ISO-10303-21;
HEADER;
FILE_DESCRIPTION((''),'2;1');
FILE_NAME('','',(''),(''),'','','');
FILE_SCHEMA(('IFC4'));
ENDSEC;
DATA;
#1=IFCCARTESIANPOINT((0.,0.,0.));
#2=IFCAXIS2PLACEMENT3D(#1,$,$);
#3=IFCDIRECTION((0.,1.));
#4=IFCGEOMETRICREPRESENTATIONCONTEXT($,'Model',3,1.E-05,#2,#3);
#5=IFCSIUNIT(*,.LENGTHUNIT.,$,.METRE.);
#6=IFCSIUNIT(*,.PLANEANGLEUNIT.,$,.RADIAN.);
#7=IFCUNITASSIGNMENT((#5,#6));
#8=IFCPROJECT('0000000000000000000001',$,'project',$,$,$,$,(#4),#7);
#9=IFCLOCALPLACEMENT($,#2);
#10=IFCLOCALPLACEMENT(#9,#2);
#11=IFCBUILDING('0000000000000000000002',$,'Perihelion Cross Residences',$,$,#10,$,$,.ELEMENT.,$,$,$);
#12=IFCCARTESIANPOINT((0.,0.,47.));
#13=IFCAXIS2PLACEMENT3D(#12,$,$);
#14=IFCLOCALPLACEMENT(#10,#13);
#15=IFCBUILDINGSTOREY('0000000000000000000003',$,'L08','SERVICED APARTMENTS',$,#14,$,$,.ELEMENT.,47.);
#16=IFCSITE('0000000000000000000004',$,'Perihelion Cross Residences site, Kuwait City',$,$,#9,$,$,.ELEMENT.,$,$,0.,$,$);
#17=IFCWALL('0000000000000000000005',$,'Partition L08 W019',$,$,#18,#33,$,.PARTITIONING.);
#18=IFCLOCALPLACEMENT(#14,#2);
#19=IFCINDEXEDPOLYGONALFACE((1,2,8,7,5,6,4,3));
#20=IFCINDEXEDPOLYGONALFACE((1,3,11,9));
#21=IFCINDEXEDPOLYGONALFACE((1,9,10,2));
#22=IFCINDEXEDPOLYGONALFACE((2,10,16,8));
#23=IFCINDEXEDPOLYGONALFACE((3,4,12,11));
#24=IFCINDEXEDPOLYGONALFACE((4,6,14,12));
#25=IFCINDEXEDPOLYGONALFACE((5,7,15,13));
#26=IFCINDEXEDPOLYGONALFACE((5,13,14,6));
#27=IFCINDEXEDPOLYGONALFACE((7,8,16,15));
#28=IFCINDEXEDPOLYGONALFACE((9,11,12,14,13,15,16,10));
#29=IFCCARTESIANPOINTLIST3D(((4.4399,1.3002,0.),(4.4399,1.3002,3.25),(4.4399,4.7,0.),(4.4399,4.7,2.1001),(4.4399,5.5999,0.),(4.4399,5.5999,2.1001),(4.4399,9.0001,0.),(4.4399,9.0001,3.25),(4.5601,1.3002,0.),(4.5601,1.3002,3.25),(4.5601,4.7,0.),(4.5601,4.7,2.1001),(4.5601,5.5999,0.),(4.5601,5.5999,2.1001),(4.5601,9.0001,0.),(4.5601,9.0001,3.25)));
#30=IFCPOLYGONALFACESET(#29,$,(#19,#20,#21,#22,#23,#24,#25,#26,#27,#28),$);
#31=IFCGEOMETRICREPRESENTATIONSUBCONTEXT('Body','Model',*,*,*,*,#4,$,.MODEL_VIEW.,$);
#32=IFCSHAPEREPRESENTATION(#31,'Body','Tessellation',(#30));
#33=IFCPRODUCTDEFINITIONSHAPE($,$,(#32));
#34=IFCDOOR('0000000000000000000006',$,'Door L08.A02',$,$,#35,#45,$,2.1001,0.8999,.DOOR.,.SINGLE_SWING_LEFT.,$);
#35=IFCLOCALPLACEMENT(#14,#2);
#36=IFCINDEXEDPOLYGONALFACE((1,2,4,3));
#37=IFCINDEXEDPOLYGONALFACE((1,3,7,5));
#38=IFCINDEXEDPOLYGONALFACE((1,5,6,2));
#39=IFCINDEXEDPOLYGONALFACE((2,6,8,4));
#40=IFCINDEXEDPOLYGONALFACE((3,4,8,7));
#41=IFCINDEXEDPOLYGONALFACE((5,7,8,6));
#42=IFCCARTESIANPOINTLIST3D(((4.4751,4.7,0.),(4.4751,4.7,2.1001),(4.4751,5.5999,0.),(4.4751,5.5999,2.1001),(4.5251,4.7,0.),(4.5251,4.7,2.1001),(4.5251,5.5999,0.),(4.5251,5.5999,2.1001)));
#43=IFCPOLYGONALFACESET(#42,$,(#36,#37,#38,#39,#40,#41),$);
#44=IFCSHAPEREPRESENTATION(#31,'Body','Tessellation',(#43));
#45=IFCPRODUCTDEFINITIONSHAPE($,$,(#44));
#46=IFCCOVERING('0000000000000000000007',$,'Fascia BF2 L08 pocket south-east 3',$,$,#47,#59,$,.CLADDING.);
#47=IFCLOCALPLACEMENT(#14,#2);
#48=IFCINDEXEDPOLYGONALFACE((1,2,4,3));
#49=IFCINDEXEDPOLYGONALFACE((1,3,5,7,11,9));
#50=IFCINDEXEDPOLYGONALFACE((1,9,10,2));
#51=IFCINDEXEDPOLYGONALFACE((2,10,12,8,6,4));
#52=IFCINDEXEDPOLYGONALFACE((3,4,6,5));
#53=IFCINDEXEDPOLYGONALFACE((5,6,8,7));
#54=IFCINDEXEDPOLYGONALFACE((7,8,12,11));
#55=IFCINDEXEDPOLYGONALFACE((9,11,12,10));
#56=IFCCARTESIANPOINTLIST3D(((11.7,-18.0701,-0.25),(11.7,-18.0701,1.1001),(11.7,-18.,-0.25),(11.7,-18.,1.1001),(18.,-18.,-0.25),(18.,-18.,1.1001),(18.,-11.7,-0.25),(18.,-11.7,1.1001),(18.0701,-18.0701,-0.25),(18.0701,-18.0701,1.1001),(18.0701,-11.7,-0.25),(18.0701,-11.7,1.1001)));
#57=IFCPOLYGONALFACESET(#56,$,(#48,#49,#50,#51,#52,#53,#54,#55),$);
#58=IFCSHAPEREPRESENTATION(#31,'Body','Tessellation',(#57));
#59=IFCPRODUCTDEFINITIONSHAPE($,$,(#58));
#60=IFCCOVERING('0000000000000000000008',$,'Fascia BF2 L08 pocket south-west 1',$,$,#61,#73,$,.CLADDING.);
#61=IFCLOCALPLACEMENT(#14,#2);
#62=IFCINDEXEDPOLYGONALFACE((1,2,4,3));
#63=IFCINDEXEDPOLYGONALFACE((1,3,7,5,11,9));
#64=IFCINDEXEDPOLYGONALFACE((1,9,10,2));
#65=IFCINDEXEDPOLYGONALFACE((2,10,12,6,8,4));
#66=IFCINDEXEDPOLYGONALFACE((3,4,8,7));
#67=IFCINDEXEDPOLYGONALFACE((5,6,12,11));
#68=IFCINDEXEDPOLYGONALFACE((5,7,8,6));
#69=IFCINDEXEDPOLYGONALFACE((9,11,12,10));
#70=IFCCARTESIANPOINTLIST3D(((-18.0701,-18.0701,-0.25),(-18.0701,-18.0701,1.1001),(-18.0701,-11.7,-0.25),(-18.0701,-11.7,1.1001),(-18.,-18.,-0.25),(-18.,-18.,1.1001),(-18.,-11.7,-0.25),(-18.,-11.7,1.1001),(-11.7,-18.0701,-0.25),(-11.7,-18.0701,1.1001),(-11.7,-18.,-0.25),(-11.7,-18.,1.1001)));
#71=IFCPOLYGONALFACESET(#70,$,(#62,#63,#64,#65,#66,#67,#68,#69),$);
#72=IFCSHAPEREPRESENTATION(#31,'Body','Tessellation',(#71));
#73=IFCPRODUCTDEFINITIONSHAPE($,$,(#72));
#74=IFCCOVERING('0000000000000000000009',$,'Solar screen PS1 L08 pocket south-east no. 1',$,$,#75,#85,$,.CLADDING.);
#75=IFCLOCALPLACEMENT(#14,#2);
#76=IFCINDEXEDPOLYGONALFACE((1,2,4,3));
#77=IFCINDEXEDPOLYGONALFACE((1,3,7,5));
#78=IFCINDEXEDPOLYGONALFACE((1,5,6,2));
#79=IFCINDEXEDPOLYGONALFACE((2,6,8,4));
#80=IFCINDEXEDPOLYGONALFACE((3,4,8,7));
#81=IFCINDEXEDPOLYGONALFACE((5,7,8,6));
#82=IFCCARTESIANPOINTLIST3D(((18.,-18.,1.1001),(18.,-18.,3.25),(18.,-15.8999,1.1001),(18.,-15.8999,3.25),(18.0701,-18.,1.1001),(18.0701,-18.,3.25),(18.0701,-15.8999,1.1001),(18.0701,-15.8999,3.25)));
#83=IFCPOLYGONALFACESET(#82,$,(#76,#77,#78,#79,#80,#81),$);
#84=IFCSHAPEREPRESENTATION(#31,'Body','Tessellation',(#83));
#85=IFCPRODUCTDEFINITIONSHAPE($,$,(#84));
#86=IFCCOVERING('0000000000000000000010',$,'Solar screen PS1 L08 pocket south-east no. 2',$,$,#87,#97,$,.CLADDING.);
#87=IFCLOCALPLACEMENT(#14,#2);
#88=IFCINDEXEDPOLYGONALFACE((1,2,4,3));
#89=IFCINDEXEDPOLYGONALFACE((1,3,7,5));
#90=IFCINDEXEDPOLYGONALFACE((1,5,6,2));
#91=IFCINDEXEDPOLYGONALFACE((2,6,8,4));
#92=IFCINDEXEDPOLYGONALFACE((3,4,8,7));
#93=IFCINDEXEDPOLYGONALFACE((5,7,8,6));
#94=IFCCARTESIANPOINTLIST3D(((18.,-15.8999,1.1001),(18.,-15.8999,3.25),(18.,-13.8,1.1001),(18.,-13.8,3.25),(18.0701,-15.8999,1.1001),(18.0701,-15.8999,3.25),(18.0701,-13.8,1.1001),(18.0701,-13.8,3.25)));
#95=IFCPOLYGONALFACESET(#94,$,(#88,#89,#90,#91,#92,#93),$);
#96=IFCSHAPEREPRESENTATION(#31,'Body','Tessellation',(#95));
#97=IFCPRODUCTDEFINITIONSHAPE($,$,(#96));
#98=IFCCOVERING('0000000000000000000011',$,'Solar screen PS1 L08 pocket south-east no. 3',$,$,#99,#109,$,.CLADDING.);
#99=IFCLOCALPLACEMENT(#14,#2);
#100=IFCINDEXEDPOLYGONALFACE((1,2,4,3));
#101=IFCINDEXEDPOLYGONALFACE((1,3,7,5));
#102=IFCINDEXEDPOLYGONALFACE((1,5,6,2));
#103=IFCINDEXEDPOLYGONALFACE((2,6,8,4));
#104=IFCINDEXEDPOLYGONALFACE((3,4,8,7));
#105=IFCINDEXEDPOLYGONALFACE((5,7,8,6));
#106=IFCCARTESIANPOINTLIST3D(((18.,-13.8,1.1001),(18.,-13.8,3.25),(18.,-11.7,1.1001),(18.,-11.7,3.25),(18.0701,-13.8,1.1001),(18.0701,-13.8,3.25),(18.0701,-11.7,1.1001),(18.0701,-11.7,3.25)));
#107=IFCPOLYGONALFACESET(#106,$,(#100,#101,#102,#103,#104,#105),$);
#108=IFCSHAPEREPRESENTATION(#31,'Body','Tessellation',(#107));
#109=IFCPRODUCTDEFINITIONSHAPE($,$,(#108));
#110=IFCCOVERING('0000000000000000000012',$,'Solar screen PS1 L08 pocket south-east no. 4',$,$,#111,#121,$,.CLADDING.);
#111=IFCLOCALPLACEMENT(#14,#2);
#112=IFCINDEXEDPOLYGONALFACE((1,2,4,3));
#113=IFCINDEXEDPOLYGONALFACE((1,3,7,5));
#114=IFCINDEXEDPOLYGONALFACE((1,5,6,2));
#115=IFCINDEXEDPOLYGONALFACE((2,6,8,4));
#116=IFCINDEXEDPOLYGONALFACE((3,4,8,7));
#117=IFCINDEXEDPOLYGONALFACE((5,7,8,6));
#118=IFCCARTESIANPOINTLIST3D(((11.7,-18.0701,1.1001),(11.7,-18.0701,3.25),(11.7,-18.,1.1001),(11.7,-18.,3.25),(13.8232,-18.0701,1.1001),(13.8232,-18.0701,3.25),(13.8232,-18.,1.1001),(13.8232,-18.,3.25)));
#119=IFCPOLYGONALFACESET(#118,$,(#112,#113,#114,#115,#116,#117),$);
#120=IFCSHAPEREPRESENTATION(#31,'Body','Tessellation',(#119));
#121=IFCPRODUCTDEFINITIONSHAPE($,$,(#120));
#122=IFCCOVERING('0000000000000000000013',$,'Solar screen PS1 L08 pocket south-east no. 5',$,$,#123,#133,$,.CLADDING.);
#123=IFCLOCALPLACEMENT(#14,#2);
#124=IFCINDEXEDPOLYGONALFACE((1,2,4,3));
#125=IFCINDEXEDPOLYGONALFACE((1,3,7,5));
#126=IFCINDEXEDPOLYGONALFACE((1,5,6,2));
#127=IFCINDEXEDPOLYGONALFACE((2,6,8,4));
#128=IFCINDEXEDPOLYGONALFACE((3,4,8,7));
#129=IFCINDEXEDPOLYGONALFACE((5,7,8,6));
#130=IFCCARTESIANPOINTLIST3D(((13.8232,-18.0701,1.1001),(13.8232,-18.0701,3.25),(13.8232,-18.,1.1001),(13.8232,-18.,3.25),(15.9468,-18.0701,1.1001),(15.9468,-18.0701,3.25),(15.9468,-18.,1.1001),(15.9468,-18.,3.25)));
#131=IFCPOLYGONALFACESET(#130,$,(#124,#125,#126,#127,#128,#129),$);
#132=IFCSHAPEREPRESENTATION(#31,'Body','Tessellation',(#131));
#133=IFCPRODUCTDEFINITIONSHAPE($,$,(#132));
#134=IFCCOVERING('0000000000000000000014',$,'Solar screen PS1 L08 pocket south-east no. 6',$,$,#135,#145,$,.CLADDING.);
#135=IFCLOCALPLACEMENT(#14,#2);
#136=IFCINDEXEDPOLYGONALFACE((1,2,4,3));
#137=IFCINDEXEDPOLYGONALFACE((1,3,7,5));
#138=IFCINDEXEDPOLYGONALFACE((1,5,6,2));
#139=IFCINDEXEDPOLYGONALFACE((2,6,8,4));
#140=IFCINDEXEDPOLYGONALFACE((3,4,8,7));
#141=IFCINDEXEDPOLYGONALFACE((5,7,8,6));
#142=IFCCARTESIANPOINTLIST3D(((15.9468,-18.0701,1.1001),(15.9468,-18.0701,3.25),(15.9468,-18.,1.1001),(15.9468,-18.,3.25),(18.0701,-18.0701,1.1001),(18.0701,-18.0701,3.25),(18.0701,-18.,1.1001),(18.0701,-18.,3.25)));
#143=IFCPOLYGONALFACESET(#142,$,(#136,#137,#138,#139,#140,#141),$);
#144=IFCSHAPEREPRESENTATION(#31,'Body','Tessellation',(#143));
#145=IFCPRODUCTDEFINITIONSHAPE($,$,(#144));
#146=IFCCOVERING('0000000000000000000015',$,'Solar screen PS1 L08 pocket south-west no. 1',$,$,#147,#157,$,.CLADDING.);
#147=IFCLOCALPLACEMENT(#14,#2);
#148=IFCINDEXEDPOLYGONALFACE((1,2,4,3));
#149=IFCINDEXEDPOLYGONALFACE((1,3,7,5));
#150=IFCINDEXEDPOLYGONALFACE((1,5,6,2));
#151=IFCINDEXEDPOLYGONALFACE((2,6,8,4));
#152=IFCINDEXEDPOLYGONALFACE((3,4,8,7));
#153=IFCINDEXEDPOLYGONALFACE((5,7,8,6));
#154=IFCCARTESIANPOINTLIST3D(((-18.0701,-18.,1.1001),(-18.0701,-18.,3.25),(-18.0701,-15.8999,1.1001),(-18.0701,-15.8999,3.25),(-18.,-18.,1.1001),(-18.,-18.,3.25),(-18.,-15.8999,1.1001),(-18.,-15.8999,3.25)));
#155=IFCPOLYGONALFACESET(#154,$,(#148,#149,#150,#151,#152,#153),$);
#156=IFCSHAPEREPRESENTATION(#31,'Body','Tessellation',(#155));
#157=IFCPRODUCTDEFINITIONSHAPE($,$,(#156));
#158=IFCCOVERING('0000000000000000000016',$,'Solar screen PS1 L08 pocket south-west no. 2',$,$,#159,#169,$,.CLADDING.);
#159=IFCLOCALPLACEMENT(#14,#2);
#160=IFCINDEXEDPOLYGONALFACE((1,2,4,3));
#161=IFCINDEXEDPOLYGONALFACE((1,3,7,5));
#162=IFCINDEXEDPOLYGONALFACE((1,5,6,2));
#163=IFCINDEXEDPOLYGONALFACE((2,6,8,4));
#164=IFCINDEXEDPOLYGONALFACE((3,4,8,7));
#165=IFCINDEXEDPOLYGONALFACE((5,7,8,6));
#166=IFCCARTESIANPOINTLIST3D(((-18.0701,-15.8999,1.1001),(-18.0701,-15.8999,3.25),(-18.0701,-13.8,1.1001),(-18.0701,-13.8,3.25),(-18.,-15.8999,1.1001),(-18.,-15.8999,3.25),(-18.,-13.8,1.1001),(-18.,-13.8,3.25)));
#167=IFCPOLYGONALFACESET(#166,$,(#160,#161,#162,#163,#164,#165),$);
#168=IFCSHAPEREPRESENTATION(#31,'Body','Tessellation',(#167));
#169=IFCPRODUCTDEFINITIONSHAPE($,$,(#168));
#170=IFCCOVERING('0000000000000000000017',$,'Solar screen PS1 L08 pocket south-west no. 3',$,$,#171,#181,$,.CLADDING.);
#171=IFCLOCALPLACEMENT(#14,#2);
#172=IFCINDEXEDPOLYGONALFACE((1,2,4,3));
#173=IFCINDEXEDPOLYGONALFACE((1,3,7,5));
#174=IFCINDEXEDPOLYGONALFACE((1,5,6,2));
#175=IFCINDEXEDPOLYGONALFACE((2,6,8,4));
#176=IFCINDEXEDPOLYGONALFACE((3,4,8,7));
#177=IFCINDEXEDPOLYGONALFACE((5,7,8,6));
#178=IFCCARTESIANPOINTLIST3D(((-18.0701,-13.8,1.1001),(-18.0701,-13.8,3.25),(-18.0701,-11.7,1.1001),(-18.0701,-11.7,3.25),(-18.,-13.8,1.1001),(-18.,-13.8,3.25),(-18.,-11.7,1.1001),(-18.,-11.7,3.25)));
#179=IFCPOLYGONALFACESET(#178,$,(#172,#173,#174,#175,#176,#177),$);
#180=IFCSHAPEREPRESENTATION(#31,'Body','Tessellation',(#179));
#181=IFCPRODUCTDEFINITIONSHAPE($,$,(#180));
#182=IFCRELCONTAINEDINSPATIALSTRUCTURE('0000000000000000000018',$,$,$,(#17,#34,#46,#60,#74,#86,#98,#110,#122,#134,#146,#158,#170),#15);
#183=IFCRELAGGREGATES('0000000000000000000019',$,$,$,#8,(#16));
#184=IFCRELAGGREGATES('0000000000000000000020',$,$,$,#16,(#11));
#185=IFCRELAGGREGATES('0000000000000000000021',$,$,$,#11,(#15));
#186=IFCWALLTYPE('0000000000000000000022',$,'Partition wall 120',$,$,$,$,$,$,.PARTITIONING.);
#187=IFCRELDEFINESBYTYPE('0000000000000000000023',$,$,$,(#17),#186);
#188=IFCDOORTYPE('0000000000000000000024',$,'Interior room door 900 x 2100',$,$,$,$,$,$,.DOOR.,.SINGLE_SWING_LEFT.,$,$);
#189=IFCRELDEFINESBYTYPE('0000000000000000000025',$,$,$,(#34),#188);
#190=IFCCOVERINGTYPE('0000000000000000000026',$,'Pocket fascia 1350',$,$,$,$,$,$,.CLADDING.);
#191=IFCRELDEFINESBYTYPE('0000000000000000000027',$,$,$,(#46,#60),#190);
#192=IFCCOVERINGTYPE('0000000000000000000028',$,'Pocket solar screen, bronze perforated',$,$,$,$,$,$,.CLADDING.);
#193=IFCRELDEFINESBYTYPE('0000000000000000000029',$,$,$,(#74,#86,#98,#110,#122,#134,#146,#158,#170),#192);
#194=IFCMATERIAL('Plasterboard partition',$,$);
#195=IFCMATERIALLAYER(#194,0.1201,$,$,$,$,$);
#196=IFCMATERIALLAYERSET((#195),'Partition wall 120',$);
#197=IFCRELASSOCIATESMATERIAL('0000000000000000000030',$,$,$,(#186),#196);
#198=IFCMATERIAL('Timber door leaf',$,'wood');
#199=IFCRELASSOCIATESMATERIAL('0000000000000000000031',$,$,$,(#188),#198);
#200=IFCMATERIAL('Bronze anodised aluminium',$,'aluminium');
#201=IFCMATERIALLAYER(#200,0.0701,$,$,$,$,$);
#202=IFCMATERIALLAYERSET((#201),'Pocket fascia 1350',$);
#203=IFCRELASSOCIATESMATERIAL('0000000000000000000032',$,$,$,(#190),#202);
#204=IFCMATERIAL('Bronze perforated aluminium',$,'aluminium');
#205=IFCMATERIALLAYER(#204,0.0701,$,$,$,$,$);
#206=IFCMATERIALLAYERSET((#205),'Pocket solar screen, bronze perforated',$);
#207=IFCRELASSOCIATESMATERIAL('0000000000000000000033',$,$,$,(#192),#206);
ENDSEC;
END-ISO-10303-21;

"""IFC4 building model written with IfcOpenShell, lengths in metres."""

from ifc_helpers import new_model, si_unit, direction, frame, frame_2d, origin, place, context, subcontext, project, spatial, polyline, rectangle, outline, extrude, material, layer, layer_set, type_object, element, fill, save


model = new_model("IFC4")

# Units and contexts
model_context = context("Model", 3, precision=1e-05, world=origin(), true_north=direction((0.0, 1.0)))
body_context = subcontext(model_context, "Body", "Model", "MODEL_VIEW")
ifc_project = project(units=[si_unit("LENGTHUNIT", "METRE"), si_unit("PLANEANGLEUNIT", "RADIAN")], contexts=[model_context])

# Site, building, storey
site_placement = place(None, origin())
site = spatial("IfcSite", under=ifc_project, at=site_placement, Name="Perihelion Cross Residences site, Kuwait City", CompositionType="ELEMENT", RefElevation=0.0)
building_placement = place(site_placement, origin())
building = spatial("IfcBuilding", under=site, at=building_placement, Name="Perihelion Cross Residences", CompositionType="ELEMENT")
storey_placement = place(building_placement, frame((0.0, 0.0, 47.0)))
storey = spatial("IfcBuildingStorey", under=building, at=storey_placement, Name="L08", Description="SERVICED APARTMENTS", CompositionType="ELEMENT", Elevation=47.0)

# Wall, opening, door
ifc_material_1 = material(Name="Plasterboard partition")
ifc_layer_1 = layer(ifc_material_1, 0.1201)
ifc_layer_set_1 = layer_set([ifc_layer_1], Name="Partition wall 120")
wall_type_1 = type_object("IfcWallType", Name="Partition wall 120", PredefinedType="PARTITIONING", material=ifc_layer_set_1)
wall_1_placement = place(storey_placement, frame((4.5, 1.3, 0.0), z_axis=(0.0, 0.0, 1.0), x_axis=(0.0, 1.0, 0.0)))
wall_1 = element("IfcWall", 1, at=wall_1_placement, inside=storey, type_object=wall_type_1, Name="Partition L08 W019", PredefinedType="PARTITIONING", context=body_context, shape_type="SweptSolid", body=[
    extrude(rectangle(XDim=7.7, YDim=0.1201, at=frame_2d((3.8501, 0.0))), origin(), (0.0, 0.0, 1.0), 3.25),
])
opening_1_placement = place(wall_1_placement, frame((3.3999, 0.0, 0.0)))
opening_1 = element("IfcOpeningElement", 2, at=opening_1_placement, cuts=wall_1, PredefinedType="OPENING", context=body_context, shape_type="SweptSolid", body=[
    extrude(rectangle(XDim=0.8999, YDim=2.1001, at=frame_2d((0.45, 1.05))), frame((0.0, 0.0701, 0.0), z_axis=(0.0, -1.0, 0.0), x_axis=(1.0, 0.0, 0.0)), (0.0, 0.0, 1.0), 0.1401),
])
ifc_material_2 = material(Name="Timber door leaf", Category="wood")
door_type_1 = type_object("IfcDoorType", Name="Interior room door 900 x 2100", OperationType="SINGLE_SWING_LEFT", PredefinedType="DOOR", material=ifc_material_2)
door_1_placement = place(opening_1_placement, origin())
door_1 = element("IfcDoor", 3, at=door_1_placement, inside=storey, type_object=door_type_1, Name="Door L08.A02", OperationType="SINGLE_SWING_LEFT", OverallHeight=2.1001, OverallWidth=0.8999, PredefinedType="DOOR", context=body_context, shape_type="SweptSolid", body=[
    extrude(rectangle(XDim=0.8999, YDim=2.1001, at=frame_2d((0.45, 1.05))), frame((0.0, 0.0249, 0.0), z_axis=(0.0, -1.0, 0.0), x_axis=(1.0, 0.0, 0.0)), (0.0, 0.0, 1.0), 0.05),
])
fill(opening_1, door_1)

# Coverings
ifc_material_3 = material(Name="Bronze anodised aluminium", Category="aluminium")
ifc_layer_2 = layer(ifc_material_3, 0.0701)
ifc_layer_set_2 = layer_set([ifc_layer_2], Name="Pocket fascia 1350")
covering_type_1 = type_object("IfcCoveringType", Name="Pocket fascia 1350", PredefinedType="CLADDING", material=ifc_layer_set_2)
covering_1_placement = place(storey_placement, frame((0.0, 0.0, -0.25)))
element("IfcCovering", 4, at=covering_1_placement, inside=storey, type_object=covering_type_1, Name="Fascia BF2 L08 pocket south-east 3", PredefinedType="CLADDING", context=body_context, shape_type="SweptSolid", body=[
    extrude(outline(polyline([(18.0701, -18.0701), (18.0701, -11.7), (18.0, -11.7), (18.0, -18.0), (11.7, -18.0), (11.7, -18.0701), (18.0701, -18.0701)])), origin(), (0.0, 0.0, 1.0), 1.3501),
])
covering_2_placement = place(storey_placement, frame((0.0, 0.0, -0.25)))
element("IfcCovering", 5, at=covering_2_placement, inside=storey, type_object=covering_type_1, Name="Fascia BF2 L08 pocket south-west 1", PredefinedType="CLADDING", context=body_context, shape_type="SweptSolid", body=[
    extrude(outline(polyline([(-18.0701, -11.7), (-18.0701, -18.0701), (-11.7, -18.0701), (-11.7, -18.0), (-18.0, -18.0), (-18.0, -11.7), (-18.0701, -11.7)])), origin(), (0.0, 0.0, 1.0), 1.3501),
])
ifc_material_4 = material(Name="Bronze perforated aluminium", Category="aluminium")
ifc_layer_3 = layer(ifc_material_4, 0.0701)
ifc_layer_set_3 = layer_set([ifc_layer_3], Name="Pocket solar screen, bronze perforated")
covering_type_2 = type_object("IfcCoveringType", Name="Pocket solar screen, bronze perforated", PredefinedType="CLADDING", material=ifc_layer_set_3)
covering_3_placement = place(storey_placement, frame((0.0, 0.0, 1.1001)))
element("IfcCovering", 6, at=covering_3_placement, inside=storey, type_object=covering_type_2, Name="Solar screen PS1 L08 pocket south-east no. 1", PredefinedType="CLADDING", context=body_context, shape_type="SweptSolid", body=[
    extrude(outline(polyline([(18.0701, -18.0), (18.0701, -15.8999), (18.0, -15.8999), (18.0, -18.0), (18.0701, -18.0)])), origin(), (0.0, 0.0, 1.0), 2.1499),
])
covering_4_placement = place(storey_placement, frame((0.0, 0.0, 1.1001)))
element("IfcCovering", 7, at=covering_4_placement, inside=storey, type_object=covering_type_2, Name="Solar screen PS1 L08 pocket south-east no. 2", PredefinedType="CLADDING", context=body_context, shape_type="SweptSolid", body=[
    extrude(outline(polyline([(18.0701, -15.8999), (18.0701, -13.8), (18.0, -13.8), (18.0, -15.8999), (18.0701, -15.8999)])), origin(), (0.0, 0.0, 1.0), 2.1499),
])
covering_5_placement = place(storey_placement, frame((0.0, 0.0, 1.1001)))
element("IfcCovering", 8, at=covering_5_placement, inside=storey, type_object=covering_type_2, Name="Solar screen PS1 L08 pocket south-east no. 3", PredefinedType="CLADDING", context=body_context, shape_type="SweptSolid", body=[
    extrude(outline(polyline([(18.0701, -13.8), (18.0701, -11.7), (18.0, -11.7), (18.0, -13.8), (18.0701, -13.8)])), origin(), (0.0, 0.0, 1.0), 2.1499),
])
covering_6_placement = place(storey_placement, frame((0.0, 0.0, 1.1001)))
element("IfcCovering", 9, at=covering_6_placement, inside=storey, type_object=covering_type_2, Name="Solar screen PS1 L08 pocket south-east no. 4", PredefinedType="CLADDING", context=body_context, shape_type="SweptSolid", body=[
    extrude(outline(polyline([(13.8232, -18.0701), (13.8232, -18.0), (11.7, -18.0), (11.7, -18.0701), (13.8232, -18.0701)])), origin(), (0.0, 0.0, 1.0), 2.1499),
])
covering_7_placement = place(storey_placement, frame((0.0, 0.0, 1.1001)))
element("IfcCovering", 10, at=covering_7_placement, inside=storey, type_object=covering_type_2, Name="Solar screen PS1 L08 pocket south-east no. 5", PredefinedType="CLADDING", context=body_context, shape_type="SweptSolid", body=[
    extrude(outline(polyline([(15.9468, -18.0701), (15.9468, -18.0), (13.8232, -18.0), (13.8232, -18.0701), (15.9468, -18.0701)])), origin(), (0.0, 0.0, 1.0), 2.1499),
])
covering_8_placement = place(storey_placement, frame((0.0, 0.0, 1.1001)))
element("IfcCovering", 11, at=covering_8_placement, inside=storey, type_object=covering_type_2, Name="Solar screen PS1 L08 pocket south-east no. 6", PredefinedType="CLADDING", context=body_context, shape_type="SweptSolid", body=[
    extrude(outline(polyline([(18.0701, -18.0701), (18.0701, -18.0), (15.9468, -18.0), (15.9468, -18.0701), (18.0701, -18.0701)])), origin(), (0.0, 0.0, 1.0), 2.1499),
])
covering_9_placement = place(storey_placement, frame((0.0, 0.0, 1.1001)))
element("IfcCovering", 12, at=covering_9_placement, inside=storey, type_object=covering_type_2, Name="Solar screen PS1 L08 pocket south-west no. 1", PredefinedType="CLADDING", context=body_context, shape_type="SweptSolid", body=[
    extrude(outline(polyline([(-18.0, -18.0), (-18.0, -15.8999), (-18.0701, -15.8999), (-18.0701, -18.0), (-18.0, -18.0)])), origin(), (0.0, 0.0, 1.0), 2.1499),
])
covering_10_placement = place(storey_placement, frame((0.0, 0.0, 1.1001)))
element("IfcCovering", 13, at=covering_10_placement, inside=storey, type_object=covering_type_2, Name="Solar screen PS1 L08 pocket south-west no. 2", PredefinedType="CLADDING", context=body_context, shape_type="SweptSolid", body=[
    extrude(outline(polyline([(-18.0, -15.8999), (-18.0, -13.8), (-18.0701, -13.8), (-18.0701, -15.8999), (-18.0, -15.8999)])), origin(), (0.0, 0.0, 1.0), 2.1499),
])
covering_11_placement = place(storey_placement, frame((0.0, 0.0, 1.1001)))
element("IfcCovering", 14, at=covering_11_placement, inside=storey, type_object=covering_type_2, Name="Solar screen PS1 L08 pocket south-west no. 3", PredefinedType="CLADDING", context=body_context, shape_type="SweptSolid", body=[
    extrude(outline(polyline([(-18.0, -13.8), (-18.0, -11.7), (-18.0701, -11.7), (-18.0701, -13.8), (-18.0, -13.8)])), origin(), (0.0, 0.0, 1.0), 2.1499),
])

save(model, "model.ifc")
